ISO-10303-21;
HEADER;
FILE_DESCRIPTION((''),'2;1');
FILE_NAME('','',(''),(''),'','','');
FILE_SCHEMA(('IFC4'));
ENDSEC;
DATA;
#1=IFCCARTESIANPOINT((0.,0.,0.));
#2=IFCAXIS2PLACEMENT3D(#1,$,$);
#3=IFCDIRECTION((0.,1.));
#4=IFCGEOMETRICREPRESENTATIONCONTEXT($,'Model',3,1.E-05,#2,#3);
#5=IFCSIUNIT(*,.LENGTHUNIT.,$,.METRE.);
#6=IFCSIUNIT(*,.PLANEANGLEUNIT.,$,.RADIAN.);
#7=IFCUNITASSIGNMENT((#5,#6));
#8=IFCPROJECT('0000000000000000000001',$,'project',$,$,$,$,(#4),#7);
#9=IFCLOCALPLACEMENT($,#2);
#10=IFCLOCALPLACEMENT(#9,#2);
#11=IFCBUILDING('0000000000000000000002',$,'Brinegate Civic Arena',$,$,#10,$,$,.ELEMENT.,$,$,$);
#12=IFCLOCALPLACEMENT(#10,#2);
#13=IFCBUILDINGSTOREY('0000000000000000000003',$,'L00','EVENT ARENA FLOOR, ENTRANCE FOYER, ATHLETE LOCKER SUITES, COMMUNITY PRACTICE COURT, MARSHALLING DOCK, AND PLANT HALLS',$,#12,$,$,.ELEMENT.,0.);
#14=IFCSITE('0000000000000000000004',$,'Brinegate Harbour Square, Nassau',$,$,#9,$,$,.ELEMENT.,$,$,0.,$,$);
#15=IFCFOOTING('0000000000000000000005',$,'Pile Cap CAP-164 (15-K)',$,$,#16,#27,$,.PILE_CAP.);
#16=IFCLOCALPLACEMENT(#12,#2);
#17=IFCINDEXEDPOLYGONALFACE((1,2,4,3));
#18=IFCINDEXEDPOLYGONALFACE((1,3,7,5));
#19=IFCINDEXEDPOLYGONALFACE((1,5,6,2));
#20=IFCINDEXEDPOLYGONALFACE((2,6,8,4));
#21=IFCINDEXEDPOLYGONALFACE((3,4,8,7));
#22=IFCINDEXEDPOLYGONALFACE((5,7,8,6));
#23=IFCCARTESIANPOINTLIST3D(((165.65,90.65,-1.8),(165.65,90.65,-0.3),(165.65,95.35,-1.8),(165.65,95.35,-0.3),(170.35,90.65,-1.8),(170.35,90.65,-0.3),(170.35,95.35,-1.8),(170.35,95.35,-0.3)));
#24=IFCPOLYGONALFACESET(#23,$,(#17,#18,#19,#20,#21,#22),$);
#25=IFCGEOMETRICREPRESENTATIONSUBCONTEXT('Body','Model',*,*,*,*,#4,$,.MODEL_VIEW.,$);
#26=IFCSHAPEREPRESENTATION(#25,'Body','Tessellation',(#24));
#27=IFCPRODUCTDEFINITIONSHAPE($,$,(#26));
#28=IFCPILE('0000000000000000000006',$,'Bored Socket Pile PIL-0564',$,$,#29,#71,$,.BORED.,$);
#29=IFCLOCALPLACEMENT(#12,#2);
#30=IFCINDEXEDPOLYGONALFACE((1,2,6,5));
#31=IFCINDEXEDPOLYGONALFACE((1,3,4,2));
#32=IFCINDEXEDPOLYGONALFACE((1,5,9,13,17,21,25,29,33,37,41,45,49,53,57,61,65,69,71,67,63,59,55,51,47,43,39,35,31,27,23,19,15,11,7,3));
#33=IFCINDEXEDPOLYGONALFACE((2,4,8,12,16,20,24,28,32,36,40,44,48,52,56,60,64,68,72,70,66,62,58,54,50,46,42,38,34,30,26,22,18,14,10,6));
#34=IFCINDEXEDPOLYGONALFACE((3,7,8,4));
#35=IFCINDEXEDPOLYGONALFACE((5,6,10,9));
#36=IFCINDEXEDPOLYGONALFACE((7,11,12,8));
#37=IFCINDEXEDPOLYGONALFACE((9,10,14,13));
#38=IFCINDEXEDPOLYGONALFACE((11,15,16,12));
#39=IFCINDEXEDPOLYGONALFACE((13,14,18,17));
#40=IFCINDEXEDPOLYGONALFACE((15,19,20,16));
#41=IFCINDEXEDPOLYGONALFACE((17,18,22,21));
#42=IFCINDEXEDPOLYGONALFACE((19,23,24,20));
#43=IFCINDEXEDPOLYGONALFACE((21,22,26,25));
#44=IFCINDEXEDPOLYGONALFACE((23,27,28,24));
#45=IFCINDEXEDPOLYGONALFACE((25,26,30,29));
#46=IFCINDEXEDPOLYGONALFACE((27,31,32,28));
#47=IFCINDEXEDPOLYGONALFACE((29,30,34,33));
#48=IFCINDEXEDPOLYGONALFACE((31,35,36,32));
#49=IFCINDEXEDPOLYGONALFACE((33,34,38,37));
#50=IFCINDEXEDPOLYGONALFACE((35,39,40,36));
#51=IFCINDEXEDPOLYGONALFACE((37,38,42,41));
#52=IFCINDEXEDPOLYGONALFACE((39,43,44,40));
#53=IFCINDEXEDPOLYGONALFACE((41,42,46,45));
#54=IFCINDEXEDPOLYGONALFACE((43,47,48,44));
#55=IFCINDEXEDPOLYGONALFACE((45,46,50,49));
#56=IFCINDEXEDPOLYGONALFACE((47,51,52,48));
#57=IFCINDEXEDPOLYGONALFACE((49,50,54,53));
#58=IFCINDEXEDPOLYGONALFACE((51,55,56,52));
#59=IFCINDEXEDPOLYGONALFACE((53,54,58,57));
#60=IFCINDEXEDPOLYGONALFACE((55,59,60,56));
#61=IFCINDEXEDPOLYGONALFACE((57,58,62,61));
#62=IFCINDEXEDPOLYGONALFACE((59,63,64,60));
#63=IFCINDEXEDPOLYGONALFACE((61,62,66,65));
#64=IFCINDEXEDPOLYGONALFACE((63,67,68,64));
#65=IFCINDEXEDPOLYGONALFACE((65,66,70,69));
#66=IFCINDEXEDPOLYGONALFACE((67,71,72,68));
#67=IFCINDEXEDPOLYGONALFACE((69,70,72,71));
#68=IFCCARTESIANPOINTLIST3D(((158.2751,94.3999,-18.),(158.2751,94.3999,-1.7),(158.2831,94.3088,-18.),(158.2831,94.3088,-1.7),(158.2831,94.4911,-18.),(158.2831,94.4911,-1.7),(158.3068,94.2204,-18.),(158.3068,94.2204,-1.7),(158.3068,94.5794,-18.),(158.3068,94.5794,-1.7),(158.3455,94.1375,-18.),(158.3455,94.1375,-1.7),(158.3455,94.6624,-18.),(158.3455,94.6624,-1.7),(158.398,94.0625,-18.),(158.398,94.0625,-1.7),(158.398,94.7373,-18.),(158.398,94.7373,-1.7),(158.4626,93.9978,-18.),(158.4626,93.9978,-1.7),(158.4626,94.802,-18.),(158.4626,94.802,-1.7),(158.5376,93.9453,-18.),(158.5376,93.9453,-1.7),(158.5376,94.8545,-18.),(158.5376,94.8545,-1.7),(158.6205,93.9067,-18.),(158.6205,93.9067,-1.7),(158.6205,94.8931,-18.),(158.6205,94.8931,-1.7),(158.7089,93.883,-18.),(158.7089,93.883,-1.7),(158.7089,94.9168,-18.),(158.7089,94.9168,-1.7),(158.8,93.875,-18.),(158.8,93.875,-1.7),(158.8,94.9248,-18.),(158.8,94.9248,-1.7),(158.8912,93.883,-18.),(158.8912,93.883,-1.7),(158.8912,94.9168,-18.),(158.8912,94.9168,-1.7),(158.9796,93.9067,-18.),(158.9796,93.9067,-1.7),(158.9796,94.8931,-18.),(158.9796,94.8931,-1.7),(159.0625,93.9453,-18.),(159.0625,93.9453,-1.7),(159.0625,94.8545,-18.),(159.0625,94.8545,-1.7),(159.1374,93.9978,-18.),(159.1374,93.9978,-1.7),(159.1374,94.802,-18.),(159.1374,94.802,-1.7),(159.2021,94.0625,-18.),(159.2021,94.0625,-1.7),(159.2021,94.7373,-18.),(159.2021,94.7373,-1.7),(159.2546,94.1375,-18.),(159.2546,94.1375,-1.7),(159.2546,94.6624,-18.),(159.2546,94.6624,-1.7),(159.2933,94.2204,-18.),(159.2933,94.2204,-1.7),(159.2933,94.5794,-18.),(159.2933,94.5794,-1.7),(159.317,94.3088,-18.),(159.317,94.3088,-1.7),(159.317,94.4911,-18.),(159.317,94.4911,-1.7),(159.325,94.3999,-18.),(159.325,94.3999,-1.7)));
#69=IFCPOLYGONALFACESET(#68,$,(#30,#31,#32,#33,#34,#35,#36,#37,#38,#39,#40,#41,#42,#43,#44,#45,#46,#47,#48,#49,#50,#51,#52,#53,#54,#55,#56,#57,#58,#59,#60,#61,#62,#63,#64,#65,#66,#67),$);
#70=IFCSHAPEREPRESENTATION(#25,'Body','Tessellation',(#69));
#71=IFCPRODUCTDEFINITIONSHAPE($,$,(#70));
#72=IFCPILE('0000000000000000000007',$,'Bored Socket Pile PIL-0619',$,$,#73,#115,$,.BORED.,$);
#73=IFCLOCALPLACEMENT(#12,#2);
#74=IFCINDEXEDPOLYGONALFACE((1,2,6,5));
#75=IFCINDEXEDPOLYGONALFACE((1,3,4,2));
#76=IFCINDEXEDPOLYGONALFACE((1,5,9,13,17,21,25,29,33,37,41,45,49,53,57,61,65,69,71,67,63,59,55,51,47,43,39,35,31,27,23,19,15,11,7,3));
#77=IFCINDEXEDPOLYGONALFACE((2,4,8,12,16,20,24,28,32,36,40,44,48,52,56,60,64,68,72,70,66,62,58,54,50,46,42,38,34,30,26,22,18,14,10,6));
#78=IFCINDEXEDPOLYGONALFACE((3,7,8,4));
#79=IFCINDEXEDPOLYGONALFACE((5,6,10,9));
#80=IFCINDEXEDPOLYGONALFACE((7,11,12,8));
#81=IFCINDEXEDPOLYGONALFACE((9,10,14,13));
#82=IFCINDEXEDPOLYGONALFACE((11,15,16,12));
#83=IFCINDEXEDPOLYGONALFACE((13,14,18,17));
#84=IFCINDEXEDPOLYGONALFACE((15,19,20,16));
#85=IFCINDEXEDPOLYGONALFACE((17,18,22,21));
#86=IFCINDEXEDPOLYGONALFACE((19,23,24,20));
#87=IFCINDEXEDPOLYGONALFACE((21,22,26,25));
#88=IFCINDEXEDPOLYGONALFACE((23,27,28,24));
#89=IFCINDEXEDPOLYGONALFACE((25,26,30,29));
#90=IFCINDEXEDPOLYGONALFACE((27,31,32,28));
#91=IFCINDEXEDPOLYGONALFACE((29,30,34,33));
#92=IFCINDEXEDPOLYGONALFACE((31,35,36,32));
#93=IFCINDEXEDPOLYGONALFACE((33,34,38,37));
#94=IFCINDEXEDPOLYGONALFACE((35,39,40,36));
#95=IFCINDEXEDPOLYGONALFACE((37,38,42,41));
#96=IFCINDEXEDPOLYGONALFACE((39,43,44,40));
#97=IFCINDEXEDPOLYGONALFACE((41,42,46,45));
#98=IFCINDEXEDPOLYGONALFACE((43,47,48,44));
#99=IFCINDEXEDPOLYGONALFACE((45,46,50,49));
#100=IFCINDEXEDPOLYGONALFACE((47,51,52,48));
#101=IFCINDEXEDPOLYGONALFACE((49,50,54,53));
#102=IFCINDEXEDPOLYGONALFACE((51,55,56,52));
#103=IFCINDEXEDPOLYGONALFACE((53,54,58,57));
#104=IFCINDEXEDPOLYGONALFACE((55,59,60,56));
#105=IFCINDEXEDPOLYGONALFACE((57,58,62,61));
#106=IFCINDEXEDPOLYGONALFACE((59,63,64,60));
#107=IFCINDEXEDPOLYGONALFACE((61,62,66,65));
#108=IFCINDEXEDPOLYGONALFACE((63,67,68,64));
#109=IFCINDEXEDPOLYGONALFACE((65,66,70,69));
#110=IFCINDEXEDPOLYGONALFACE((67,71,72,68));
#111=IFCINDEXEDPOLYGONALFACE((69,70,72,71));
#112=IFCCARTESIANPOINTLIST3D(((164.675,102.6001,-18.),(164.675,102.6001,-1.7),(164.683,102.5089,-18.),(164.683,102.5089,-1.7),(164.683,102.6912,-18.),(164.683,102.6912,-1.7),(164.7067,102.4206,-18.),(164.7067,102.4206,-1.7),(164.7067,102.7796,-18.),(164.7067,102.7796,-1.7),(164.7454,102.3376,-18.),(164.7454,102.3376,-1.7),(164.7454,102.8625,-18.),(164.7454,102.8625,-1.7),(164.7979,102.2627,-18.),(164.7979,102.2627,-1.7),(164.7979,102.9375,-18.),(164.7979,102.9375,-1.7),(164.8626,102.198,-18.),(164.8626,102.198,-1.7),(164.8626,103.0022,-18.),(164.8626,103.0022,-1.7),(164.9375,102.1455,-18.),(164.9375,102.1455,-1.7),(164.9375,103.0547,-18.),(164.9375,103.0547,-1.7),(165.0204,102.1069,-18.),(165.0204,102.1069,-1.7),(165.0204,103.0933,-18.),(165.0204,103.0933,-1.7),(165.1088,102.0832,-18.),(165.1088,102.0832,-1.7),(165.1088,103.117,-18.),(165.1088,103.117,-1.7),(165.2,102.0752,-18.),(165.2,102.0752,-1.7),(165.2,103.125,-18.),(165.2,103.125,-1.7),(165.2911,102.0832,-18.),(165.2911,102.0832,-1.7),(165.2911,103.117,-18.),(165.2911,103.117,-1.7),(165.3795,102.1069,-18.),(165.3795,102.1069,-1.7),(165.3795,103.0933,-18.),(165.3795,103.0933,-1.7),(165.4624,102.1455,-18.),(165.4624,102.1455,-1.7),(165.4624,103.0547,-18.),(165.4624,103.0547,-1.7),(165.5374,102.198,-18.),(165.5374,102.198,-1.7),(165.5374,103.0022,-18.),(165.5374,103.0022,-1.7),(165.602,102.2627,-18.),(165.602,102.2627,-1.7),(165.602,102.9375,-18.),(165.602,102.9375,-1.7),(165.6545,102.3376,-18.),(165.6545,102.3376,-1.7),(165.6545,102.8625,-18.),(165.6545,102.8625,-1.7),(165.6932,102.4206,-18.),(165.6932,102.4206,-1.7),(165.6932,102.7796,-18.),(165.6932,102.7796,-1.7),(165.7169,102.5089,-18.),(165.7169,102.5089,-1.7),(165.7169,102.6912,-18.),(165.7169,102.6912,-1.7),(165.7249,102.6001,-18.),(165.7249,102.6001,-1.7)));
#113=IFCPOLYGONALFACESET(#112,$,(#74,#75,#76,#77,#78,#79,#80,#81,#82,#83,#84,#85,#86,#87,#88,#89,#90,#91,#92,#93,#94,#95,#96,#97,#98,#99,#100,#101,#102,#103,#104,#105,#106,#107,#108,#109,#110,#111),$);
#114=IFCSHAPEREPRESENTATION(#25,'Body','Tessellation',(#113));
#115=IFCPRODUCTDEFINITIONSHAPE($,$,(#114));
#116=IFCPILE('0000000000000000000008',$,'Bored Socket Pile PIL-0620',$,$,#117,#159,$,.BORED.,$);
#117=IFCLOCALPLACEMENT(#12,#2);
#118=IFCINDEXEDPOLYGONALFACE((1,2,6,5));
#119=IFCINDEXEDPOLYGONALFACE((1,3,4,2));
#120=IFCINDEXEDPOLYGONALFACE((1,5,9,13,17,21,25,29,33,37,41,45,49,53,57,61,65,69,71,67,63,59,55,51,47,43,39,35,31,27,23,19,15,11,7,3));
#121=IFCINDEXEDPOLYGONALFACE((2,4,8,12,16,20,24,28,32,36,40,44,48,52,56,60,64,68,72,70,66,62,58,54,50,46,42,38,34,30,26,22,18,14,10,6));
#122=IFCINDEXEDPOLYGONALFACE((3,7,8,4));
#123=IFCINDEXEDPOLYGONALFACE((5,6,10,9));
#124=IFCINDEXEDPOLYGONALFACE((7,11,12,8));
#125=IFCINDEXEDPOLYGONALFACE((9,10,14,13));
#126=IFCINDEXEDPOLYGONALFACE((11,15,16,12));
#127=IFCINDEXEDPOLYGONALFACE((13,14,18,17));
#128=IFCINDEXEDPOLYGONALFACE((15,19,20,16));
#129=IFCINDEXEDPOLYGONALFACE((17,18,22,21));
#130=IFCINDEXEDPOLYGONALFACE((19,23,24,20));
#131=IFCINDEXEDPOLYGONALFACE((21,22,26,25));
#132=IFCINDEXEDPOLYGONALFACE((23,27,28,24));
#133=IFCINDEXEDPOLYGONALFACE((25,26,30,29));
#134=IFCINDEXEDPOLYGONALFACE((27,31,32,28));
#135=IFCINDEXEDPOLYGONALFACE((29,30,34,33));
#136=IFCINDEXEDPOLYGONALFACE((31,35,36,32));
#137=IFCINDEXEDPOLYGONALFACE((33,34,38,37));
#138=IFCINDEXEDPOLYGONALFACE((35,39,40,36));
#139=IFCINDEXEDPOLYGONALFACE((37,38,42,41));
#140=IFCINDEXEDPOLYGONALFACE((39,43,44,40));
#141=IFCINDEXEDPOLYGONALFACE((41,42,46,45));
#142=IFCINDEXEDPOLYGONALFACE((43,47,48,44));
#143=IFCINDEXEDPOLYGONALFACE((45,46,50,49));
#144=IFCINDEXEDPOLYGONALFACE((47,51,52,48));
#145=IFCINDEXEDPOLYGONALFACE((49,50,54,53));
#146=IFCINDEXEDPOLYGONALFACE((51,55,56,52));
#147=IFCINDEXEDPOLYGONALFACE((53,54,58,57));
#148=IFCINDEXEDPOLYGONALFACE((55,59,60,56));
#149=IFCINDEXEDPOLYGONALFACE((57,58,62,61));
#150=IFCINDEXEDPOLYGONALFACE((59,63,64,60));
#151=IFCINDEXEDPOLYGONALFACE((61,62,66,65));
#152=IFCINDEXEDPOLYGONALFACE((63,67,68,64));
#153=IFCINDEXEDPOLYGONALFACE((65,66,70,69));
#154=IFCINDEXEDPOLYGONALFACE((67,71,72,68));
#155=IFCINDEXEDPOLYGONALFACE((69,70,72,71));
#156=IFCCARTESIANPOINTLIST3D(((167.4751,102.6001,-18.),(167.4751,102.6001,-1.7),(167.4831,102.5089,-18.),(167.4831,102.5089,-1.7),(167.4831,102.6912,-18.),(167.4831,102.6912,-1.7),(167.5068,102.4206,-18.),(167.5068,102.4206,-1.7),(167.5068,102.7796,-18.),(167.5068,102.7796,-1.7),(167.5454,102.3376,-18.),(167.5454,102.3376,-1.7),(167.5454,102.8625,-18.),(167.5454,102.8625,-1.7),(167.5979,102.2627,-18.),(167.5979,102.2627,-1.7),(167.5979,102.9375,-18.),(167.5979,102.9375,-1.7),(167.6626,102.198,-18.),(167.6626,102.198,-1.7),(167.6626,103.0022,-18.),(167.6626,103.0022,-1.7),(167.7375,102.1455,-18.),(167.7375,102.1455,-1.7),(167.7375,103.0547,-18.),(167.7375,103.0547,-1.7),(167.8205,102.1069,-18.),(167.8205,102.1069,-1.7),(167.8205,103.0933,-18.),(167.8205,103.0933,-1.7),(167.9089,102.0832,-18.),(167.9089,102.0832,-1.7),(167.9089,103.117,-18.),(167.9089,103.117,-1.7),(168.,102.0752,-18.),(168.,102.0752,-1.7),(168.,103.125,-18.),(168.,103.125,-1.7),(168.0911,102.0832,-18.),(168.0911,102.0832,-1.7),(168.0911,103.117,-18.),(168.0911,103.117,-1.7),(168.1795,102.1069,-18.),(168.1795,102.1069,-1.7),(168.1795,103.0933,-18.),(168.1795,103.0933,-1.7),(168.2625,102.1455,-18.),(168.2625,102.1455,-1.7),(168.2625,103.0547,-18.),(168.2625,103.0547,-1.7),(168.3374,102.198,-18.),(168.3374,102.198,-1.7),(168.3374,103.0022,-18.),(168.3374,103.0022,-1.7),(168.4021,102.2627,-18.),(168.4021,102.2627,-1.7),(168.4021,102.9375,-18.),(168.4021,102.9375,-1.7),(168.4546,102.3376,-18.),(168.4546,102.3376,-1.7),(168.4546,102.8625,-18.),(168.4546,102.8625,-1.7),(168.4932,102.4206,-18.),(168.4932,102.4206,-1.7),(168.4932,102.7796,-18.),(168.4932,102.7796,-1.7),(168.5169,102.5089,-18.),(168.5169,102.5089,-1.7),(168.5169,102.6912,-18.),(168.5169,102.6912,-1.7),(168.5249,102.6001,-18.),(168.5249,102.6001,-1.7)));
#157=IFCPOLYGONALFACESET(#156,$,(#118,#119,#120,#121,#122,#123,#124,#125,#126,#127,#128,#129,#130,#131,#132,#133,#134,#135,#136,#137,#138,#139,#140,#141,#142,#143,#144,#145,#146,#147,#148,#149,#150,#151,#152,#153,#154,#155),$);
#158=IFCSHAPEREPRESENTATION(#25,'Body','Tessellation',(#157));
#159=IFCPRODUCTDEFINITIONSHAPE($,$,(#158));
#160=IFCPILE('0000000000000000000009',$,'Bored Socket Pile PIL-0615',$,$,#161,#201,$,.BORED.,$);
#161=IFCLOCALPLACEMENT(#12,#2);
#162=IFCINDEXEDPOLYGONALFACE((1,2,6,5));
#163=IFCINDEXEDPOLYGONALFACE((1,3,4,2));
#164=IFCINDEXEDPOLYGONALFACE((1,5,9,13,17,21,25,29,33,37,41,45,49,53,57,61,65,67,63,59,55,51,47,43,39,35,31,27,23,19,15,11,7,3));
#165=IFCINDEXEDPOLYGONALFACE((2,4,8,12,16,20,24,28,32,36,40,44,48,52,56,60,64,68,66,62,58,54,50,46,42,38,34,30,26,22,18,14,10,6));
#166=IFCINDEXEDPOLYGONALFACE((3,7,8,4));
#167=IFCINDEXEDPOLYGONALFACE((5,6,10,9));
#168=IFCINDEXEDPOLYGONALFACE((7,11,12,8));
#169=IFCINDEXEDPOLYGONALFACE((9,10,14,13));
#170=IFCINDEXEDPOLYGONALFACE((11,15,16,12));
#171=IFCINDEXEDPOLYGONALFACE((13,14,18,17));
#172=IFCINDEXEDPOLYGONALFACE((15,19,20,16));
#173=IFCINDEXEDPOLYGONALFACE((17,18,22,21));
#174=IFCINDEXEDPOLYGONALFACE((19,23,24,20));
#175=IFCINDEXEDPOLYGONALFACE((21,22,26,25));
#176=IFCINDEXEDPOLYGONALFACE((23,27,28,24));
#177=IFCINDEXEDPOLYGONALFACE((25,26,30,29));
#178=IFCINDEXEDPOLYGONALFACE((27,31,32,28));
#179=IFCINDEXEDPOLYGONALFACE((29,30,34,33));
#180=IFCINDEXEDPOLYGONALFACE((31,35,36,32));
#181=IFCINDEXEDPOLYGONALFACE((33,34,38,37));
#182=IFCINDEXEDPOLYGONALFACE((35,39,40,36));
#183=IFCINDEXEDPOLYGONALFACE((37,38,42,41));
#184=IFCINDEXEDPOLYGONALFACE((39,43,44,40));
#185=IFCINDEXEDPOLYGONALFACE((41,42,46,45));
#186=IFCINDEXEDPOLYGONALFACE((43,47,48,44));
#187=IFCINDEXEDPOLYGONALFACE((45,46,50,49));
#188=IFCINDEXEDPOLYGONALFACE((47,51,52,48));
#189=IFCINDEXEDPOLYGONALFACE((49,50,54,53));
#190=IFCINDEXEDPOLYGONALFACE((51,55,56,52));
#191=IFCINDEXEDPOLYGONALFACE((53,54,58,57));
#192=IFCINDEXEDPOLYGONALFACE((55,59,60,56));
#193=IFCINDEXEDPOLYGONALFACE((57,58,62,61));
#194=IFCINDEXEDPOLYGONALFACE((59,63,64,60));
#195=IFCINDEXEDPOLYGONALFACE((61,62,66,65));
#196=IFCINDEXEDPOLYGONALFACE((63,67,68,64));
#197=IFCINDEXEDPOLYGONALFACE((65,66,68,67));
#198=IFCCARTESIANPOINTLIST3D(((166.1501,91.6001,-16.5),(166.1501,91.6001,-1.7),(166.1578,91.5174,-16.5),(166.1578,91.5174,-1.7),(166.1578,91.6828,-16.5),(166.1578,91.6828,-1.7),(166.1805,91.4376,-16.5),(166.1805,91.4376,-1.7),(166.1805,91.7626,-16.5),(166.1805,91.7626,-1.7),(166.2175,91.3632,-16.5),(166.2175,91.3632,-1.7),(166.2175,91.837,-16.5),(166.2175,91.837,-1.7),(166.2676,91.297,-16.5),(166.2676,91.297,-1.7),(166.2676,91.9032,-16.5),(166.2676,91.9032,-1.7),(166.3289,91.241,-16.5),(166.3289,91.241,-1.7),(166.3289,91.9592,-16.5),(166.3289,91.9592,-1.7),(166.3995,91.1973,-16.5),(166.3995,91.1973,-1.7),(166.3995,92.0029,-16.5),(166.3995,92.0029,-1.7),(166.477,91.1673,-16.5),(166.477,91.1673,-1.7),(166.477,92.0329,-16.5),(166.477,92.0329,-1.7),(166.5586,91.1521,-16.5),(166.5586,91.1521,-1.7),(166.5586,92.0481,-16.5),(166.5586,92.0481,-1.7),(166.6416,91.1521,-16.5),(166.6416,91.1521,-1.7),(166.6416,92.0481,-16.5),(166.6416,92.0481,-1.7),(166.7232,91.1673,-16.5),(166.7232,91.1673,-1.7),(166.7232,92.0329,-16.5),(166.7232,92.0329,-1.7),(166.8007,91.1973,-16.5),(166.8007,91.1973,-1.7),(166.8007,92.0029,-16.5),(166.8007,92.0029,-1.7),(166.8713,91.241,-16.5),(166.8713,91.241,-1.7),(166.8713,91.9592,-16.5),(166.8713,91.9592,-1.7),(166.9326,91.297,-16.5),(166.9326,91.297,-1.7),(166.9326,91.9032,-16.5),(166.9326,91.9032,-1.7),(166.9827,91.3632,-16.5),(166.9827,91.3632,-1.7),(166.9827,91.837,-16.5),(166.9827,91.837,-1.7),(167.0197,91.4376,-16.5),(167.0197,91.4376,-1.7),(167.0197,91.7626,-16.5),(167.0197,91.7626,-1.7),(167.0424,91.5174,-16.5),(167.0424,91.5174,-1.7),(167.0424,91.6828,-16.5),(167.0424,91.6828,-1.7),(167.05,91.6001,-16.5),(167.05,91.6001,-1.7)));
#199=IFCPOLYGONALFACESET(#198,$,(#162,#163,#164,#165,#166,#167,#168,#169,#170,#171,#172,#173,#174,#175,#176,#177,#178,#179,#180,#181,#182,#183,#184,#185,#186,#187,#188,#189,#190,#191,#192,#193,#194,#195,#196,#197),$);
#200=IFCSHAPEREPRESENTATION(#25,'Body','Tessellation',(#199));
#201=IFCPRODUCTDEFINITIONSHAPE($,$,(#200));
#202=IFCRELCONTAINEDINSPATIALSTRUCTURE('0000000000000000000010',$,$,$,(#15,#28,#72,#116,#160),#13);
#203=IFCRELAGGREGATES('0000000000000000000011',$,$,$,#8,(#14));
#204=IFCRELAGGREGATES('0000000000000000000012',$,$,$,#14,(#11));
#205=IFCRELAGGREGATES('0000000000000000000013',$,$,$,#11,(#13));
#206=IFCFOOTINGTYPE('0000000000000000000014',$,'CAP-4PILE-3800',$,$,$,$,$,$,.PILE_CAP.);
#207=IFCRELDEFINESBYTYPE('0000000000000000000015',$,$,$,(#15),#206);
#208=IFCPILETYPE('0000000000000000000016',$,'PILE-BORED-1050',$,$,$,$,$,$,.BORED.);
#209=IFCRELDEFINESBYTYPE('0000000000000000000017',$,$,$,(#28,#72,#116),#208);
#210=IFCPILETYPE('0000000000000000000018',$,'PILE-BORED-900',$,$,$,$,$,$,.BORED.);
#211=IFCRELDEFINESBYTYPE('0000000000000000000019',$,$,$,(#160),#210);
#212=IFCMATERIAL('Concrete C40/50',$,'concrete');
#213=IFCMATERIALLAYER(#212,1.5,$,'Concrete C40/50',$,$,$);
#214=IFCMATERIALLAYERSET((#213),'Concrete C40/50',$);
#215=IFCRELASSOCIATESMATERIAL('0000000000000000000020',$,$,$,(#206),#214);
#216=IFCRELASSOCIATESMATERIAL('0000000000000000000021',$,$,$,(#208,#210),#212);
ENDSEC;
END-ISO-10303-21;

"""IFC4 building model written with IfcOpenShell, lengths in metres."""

from ifc_helpers import new_model, si_unit, direction, frame, origin, origin_2d, place, context, subcontext, project, spatial, rectangle, circle, extrude, material, layer, layer_set, material_profile, profile_set, type_object, element, save


model = new_model("IFC4")

# Units and contexts
model_context = context("Model", 3, precision=1e-05, world=origin(), true_north=direction((0.0, 1.0)))
body_context = subcontext(model_context, "Body", "Model", "MODEL_VIEW")
ifc_project = project(units=[si_unit("LENGTHUNIT", "METRE"), si_unit("PLANEANGLEUNIT", "RADIAN")], contexts=[model_context])

# Site, building, storey
site_placement = place(None, origin())
site = spatial("IfcSite", under=ifc_project, at=site_placement, Name="Brinegate Harbour Square, Nassau", CompositionType="ELEMENT", RefElevation=0.0)
building_placement = place(site_placement, origin())
building = spatial("IfcBuilding", under=site, at=building_placement, Name="Brinegate Civic Arena", CompositionType="ELEMENT")
storey_placement = place(building_placement, origin())
storey = spatial("IfcBuildingStorey", under=building, at=storey_placement, Name="L00", Description="EVENT ARENA FLOOR, ENTRANCE FOYER, ATHLETE LOCKER SUITES, COMMUNITY PRACTICE COURT, MARSHALLING DOCK, AND PLANT HALLS", CompositionType="ELEMENT", Elevation=0.0)

# Footing
ifc_material_1 = material(Name="Concrete C40/50", Category="concrete")
ifc_layer_1 = layer(ifc_material_1, 1.5, Name="Concrete C40/50")
ifc_layer_set_1 = layer_set([ifc_layer_1], Name="Concrete C40/50")
footing_type_1 = type_object("IfcFootingType", Name="CAP-4PILE-3800", PredefinedType="PILE_CAP", material=ifc_layer_set_1)
footing_1_placement = place(storey_placement, frame((168.0, 93.0, -1.8), z_axis=(0.0, 0.0, 1.0), x_axis=(1.0, 0.0, 0.0)))
element("IfcFooting", 1, at=footing_1_placement, inside=storey, type_object=footing_type_1, Name="Pile Cap CAP-164 (15-K)", PredefinedType="PILE_CAP", context=body_context, shape_type="SweptSolid", body=[
    extrude(rectangle(XDim=4.7, YDim=4.7, at=origin_2d()), origin(), (0.0, 0.0, 1.0), 1.5),
])

# Piles
ifc_material_profile_1 = material_profile(ifc_material_1, circle(Radius=0.5249, at=origin_2d()), Name="PILED1050")
ifc_profile_set_1 = profile_set([ifc_material_profile_1], Name="Concrete C40/50")
pile_type_1 = type_object("IfcPileType", Name="PILE-BORED-1050", PredefinedType="BORED", material=ifc_profile_set_1)
for number, where, z_axis, x_axis, name in (
    (2, (158.8, 94.3999, -1.7), (0.0, 0.0, -1.0), (1.0, 0.0, 0.0), "Bored Socket Pile PIL-0564"),
    (3, (165.2, 102.6001, -1.7), (0.0, 0.0, -1.0), (1.0, 0.0, 0.0), "Bored Socket Pile PIL-0619"),
    (4, (168.0, 102.6001, -1.7), (0.0, 0.0, -1.0), (1.0, 0.0, 0.0), "Bored Socket Pile PIL-0620"),
):
    element("IfcPile", number, at=place(storey_placement, frame(where, z_axis=z_axis, x_axis=x_axis)), inside=storey, type_object=pile_type_1, Name=name, PredefinedType="BORED", context=body_context, shape_type="SweptSolid", body=[
        extrude(circle(Radius=0.5249, at=origin_2d()), origin(), (0.0, 0.0, 1.0), 16.3),
    ])
ifc_material_profile_2 = material_profile(ifc_material_1, circle(Radius=0.45, at=origin_2d()), Name="PILED900")
ifc_profile_set_2 = profile_set([ifc_material_profile_2], Name="Concrete C40/50")
pile_type_2 = type_object("IfcPileType", Name="PILE-BORED-900", PredefinedType="BORED", material=ifc_profile_set_2)
for number, where, z_axis, x_axis, name in (
    (5, (166.6001, 91.6001, -1.7), (0.0, 0.0, -1.0), (1.0, 0.0, 0.0), "Bored Socket Pile PIL-0615"),
):
    element("IfcPile", number, at=place(storey_placement, frame(where, z_axis=z_axis, x_axis=x_axis)), inside=storey, type_object=pile_type_2, Name=name, PredefinedType="BORED", context=body_context, shape_type="SweptSolid", body=[
        extrude(circle(Radius=0.45, at=origin_2d()), origin(), (0.0, 0.0, 1.0), 14.8),
    ])

save(model, "model.ifc")
